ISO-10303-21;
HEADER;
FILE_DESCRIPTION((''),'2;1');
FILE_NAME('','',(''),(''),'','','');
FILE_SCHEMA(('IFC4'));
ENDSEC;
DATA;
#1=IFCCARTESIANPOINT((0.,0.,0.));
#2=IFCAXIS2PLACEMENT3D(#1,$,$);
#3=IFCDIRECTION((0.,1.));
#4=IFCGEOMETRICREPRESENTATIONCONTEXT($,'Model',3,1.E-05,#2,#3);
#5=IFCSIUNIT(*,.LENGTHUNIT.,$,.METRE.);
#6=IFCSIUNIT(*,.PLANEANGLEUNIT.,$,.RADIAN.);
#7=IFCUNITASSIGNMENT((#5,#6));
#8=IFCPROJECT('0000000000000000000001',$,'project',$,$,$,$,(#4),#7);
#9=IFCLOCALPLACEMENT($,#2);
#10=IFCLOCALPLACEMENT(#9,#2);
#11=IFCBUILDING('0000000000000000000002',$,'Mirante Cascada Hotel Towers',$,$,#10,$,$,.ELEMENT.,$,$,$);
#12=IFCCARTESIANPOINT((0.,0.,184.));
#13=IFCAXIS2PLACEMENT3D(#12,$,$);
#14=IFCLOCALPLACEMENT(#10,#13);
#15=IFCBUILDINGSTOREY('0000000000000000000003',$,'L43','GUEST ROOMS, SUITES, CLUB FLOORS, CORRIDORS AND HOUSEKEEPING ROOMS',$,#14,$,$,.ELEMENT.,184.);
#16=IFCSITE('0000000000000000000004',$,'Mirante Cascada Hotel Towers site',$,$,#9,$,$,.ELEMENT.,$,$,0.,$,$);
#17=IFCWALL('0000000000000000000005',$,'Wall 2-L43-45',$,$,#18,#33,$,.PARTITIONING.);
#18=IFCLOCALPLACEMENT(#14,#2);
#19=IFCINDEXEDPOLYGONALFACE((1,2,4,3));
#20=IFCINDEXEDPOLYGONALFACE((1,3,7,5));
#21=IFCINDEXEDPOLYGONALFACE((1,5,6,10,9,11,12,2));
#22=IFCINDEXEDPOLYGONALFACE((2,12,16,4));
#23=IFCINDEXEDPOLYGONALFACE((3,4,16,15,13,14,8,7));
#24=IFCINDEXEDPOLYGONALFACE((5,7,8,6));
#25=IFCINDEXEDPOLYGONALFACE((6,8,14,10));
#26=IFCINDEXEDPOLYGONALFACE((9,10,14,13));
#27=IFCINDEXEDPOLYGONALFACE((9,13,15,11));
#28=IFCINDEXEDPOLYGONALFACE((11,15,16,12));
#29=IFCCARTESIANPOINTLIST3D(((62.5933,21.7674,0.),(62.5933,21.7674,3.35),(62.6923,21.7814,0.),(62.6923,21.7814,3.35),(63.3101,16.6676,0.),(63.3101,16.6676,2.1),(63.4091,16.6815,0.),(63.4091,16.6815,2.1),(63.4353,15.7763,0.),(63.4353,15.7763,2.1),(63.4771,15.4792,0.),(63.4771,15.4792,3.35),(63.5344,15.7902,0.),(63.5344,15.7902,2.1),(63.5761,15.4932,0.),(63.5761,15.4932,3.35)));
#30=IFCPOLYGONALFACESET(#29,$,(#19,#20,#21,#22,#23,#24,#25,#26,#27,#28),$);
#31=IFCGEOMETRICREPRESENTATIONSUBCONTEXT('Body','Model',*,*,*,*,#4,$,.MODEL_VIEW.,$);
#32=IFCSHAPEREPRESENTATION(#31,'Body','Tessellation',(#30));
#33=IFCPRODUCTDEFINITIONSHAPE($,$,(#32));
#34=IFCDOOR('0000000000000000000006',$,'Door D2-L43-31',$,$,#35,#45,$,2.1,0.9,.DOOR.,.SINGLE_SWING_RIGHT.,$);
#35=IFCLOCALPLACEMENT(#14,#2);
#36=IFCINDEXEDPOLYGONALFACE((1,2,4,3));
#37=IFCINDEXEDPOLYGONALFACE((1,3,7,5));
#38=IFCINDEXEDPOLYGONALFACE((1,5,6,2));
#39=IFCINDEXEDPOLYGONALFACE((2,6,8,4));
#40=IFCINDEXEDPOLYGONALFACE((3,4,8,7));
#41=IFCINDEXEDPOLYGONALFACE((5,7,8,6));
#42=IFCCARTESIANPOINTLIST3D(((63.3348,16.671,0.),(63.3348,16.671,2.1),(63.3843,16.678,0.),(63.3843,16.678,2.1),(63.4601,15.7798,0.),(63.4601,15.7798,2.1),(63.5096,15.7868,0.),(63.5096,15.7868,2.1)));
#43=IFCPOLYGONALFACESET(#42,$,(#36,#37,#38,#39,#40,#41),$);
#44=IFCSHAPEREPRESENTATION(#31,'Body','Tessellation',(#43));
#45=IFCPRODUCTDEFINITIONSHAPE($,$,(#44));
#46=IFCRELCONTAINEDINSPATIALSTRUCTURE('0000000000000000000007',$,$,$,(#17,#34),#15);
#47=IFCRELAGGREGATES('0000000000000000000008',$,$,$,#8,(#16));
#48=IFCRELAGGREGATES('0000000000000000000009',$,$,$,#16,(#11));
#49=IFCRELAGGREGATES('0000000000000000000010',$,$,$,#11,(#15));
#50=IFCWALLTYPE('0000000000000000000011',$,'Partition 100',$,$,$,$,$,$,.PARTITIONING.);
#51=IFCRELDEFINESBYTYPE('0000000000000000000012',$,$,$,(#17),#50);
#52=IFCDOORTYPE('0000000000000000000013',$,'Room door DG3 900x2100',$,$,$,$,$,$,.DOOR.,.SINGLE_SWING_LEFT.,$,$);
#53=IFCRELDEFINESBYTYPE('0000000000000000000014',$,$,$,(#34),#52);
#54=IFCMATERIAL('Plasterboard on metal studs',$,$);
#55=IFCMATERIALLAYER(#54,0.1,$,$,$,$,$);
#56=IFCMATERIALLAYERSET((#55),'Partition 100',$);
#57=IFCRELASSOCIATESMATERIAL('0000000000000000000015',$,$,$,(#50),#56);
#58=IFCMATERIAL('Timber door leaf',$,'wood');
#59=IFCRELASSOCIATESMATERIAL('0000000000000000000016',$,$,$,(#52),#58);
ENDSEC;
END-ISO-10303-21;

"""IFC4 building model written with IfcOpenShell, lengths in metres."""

from ifc_helpers import new_model, si_unit, direction, frame, frame_2d, origin, place, context, subcontext, project, spatial, rectangle, extrude, material, layer, layer_set, type_object, element, fill, save


model = new_model("IFC4")

# Units and contexts
model_context = context("Model", 3, precision=1e-05, world=origin(), true_north=direction((0.0, 1.0)))
body_context = subcontext(model_context, "Body", "Model", "MODEL_VIEW")
ifc_project = project(units=[si_unit("LENGTHUNIT", "METRE"), si_unit("PLANEANGLEUNIT", "RADIAN")], contexts=[model_context])

# Site, building, storey
site_placement = place(None, origin())
site = spatial("IfcSite", under=ifc_project, at=site_placement, Name="Mirante Cascada Hotel Towers site", CompositionType="ELEMENT", RefElevation=0.0)
building_placement = place(site_placement, origin())
building = spatial("IfcBuilding", under=site, at=building_placement, Name="Mirante Cascada Hotel Towers", CompositionType="ELEMENT")
storey_placement = place(building_placement, frame((0.0, 0.0, 184.0)))
storey = spatial("IfcBuildingStorey", under=building, at=storey_placement, Name="L43", Description="GUEST ROOMS, SUITES, CLUB FLOORS, CORRIDORS AND HOUSEKEEPING ROOMS", CompositionType="ELEMENT", Elevation=184.0)

# Shared definitions
ifc_material_1 = material(Name="Plasterboard on metal studs")
ifc_layer_1 = layer(ifc_material_1, 0.1)
ifc_layer_set_1 = layer_set([ifc_layer_1], Name="Partition 100")
wall_type_1 = type_object("IfcWallType", Name="Partition 100", PredefinedType="PARTITIONING", material=ifc_layer_set_1)

# Wall, opening, door
wall_1_placement = place(storey_placement, frame((62.6428, 21.7744, 0.0), z_axis=(0.0, 0.0, 1.0), x_axis=(0.139181, -0.990267, 0.0)))
wall_1 = element("IfcWall", 1, at=wall_1_placement, inside=storey, type_object=wall_type_1, Name="Wall 2-L43-45", PredefinedType="PARTITIONING", context=body_context, shape_type="SweptSolid", body=[
    extrude(rectangle(XDim=6.35, YDim=0.1, at=frame_2d((3.175, 0.0))), origin(), (0.0, 0.0, 1.0), 3.35),
])
opening_placement = place(wall_1_placement, frame((5.15, 0.0, 0.0)))
opening = element("IfcOpeningElement", 2, at=opening_placement, cuts=wall_1, PredefinedType="OPENING", context=body_context, shape_type="SweptSolid", body=[
    extrude(rectangle(XDim=0.9, YDim=2.1, at=frame_2d((0.45, 1.05))), frame((0.0, 0.05, 0.0), z_axis=(0.0, -1.0, 0.0), x_axis=(1.0, 0.0, 0.0)), (0.0, 0.0, 1.0), 0.1),
])
ifc_material_2 = material(Name="Timber door leaf", Category="wood")
door_type = type_object("IfcDoorType", Name="Room door DG3 900x2100", OperationType="SINGLE_SWING_LEFT", PredefinedType="DOOR", material=ifc_material_2)
door_placement = place(opening_placement, frame((0.9, 0.0, 0.0), z_axis=(0.0, 0.0, 1.0), x_axis=(-1.0, 0.0, 0.0)))
door = element("IfcDoor", 3, at=door_placement, inside=storey, type_object=door_type, Name="Door D2-L43-31", OperationType="SINGLE_SWING_RIGHT", OverallHeight=2.1, OverallWidth=0.9, PredefinedType="DOOR", context=body_context, shape_type="SweptSolid", body=[
    extrude(rectangle(XDim=0.9, YDim=2.1, at=frame_2d((0.45, 1.05))), frame((0.0, 0.025, 0.0), z_axis=(0.0, -1.0, 0.0), x_axis=(1.0, 0.0, 0.0)), (0.0, 0.0, 1.0), 0.05),
])
fill(opening, door)

save(model, "model.ifc")
